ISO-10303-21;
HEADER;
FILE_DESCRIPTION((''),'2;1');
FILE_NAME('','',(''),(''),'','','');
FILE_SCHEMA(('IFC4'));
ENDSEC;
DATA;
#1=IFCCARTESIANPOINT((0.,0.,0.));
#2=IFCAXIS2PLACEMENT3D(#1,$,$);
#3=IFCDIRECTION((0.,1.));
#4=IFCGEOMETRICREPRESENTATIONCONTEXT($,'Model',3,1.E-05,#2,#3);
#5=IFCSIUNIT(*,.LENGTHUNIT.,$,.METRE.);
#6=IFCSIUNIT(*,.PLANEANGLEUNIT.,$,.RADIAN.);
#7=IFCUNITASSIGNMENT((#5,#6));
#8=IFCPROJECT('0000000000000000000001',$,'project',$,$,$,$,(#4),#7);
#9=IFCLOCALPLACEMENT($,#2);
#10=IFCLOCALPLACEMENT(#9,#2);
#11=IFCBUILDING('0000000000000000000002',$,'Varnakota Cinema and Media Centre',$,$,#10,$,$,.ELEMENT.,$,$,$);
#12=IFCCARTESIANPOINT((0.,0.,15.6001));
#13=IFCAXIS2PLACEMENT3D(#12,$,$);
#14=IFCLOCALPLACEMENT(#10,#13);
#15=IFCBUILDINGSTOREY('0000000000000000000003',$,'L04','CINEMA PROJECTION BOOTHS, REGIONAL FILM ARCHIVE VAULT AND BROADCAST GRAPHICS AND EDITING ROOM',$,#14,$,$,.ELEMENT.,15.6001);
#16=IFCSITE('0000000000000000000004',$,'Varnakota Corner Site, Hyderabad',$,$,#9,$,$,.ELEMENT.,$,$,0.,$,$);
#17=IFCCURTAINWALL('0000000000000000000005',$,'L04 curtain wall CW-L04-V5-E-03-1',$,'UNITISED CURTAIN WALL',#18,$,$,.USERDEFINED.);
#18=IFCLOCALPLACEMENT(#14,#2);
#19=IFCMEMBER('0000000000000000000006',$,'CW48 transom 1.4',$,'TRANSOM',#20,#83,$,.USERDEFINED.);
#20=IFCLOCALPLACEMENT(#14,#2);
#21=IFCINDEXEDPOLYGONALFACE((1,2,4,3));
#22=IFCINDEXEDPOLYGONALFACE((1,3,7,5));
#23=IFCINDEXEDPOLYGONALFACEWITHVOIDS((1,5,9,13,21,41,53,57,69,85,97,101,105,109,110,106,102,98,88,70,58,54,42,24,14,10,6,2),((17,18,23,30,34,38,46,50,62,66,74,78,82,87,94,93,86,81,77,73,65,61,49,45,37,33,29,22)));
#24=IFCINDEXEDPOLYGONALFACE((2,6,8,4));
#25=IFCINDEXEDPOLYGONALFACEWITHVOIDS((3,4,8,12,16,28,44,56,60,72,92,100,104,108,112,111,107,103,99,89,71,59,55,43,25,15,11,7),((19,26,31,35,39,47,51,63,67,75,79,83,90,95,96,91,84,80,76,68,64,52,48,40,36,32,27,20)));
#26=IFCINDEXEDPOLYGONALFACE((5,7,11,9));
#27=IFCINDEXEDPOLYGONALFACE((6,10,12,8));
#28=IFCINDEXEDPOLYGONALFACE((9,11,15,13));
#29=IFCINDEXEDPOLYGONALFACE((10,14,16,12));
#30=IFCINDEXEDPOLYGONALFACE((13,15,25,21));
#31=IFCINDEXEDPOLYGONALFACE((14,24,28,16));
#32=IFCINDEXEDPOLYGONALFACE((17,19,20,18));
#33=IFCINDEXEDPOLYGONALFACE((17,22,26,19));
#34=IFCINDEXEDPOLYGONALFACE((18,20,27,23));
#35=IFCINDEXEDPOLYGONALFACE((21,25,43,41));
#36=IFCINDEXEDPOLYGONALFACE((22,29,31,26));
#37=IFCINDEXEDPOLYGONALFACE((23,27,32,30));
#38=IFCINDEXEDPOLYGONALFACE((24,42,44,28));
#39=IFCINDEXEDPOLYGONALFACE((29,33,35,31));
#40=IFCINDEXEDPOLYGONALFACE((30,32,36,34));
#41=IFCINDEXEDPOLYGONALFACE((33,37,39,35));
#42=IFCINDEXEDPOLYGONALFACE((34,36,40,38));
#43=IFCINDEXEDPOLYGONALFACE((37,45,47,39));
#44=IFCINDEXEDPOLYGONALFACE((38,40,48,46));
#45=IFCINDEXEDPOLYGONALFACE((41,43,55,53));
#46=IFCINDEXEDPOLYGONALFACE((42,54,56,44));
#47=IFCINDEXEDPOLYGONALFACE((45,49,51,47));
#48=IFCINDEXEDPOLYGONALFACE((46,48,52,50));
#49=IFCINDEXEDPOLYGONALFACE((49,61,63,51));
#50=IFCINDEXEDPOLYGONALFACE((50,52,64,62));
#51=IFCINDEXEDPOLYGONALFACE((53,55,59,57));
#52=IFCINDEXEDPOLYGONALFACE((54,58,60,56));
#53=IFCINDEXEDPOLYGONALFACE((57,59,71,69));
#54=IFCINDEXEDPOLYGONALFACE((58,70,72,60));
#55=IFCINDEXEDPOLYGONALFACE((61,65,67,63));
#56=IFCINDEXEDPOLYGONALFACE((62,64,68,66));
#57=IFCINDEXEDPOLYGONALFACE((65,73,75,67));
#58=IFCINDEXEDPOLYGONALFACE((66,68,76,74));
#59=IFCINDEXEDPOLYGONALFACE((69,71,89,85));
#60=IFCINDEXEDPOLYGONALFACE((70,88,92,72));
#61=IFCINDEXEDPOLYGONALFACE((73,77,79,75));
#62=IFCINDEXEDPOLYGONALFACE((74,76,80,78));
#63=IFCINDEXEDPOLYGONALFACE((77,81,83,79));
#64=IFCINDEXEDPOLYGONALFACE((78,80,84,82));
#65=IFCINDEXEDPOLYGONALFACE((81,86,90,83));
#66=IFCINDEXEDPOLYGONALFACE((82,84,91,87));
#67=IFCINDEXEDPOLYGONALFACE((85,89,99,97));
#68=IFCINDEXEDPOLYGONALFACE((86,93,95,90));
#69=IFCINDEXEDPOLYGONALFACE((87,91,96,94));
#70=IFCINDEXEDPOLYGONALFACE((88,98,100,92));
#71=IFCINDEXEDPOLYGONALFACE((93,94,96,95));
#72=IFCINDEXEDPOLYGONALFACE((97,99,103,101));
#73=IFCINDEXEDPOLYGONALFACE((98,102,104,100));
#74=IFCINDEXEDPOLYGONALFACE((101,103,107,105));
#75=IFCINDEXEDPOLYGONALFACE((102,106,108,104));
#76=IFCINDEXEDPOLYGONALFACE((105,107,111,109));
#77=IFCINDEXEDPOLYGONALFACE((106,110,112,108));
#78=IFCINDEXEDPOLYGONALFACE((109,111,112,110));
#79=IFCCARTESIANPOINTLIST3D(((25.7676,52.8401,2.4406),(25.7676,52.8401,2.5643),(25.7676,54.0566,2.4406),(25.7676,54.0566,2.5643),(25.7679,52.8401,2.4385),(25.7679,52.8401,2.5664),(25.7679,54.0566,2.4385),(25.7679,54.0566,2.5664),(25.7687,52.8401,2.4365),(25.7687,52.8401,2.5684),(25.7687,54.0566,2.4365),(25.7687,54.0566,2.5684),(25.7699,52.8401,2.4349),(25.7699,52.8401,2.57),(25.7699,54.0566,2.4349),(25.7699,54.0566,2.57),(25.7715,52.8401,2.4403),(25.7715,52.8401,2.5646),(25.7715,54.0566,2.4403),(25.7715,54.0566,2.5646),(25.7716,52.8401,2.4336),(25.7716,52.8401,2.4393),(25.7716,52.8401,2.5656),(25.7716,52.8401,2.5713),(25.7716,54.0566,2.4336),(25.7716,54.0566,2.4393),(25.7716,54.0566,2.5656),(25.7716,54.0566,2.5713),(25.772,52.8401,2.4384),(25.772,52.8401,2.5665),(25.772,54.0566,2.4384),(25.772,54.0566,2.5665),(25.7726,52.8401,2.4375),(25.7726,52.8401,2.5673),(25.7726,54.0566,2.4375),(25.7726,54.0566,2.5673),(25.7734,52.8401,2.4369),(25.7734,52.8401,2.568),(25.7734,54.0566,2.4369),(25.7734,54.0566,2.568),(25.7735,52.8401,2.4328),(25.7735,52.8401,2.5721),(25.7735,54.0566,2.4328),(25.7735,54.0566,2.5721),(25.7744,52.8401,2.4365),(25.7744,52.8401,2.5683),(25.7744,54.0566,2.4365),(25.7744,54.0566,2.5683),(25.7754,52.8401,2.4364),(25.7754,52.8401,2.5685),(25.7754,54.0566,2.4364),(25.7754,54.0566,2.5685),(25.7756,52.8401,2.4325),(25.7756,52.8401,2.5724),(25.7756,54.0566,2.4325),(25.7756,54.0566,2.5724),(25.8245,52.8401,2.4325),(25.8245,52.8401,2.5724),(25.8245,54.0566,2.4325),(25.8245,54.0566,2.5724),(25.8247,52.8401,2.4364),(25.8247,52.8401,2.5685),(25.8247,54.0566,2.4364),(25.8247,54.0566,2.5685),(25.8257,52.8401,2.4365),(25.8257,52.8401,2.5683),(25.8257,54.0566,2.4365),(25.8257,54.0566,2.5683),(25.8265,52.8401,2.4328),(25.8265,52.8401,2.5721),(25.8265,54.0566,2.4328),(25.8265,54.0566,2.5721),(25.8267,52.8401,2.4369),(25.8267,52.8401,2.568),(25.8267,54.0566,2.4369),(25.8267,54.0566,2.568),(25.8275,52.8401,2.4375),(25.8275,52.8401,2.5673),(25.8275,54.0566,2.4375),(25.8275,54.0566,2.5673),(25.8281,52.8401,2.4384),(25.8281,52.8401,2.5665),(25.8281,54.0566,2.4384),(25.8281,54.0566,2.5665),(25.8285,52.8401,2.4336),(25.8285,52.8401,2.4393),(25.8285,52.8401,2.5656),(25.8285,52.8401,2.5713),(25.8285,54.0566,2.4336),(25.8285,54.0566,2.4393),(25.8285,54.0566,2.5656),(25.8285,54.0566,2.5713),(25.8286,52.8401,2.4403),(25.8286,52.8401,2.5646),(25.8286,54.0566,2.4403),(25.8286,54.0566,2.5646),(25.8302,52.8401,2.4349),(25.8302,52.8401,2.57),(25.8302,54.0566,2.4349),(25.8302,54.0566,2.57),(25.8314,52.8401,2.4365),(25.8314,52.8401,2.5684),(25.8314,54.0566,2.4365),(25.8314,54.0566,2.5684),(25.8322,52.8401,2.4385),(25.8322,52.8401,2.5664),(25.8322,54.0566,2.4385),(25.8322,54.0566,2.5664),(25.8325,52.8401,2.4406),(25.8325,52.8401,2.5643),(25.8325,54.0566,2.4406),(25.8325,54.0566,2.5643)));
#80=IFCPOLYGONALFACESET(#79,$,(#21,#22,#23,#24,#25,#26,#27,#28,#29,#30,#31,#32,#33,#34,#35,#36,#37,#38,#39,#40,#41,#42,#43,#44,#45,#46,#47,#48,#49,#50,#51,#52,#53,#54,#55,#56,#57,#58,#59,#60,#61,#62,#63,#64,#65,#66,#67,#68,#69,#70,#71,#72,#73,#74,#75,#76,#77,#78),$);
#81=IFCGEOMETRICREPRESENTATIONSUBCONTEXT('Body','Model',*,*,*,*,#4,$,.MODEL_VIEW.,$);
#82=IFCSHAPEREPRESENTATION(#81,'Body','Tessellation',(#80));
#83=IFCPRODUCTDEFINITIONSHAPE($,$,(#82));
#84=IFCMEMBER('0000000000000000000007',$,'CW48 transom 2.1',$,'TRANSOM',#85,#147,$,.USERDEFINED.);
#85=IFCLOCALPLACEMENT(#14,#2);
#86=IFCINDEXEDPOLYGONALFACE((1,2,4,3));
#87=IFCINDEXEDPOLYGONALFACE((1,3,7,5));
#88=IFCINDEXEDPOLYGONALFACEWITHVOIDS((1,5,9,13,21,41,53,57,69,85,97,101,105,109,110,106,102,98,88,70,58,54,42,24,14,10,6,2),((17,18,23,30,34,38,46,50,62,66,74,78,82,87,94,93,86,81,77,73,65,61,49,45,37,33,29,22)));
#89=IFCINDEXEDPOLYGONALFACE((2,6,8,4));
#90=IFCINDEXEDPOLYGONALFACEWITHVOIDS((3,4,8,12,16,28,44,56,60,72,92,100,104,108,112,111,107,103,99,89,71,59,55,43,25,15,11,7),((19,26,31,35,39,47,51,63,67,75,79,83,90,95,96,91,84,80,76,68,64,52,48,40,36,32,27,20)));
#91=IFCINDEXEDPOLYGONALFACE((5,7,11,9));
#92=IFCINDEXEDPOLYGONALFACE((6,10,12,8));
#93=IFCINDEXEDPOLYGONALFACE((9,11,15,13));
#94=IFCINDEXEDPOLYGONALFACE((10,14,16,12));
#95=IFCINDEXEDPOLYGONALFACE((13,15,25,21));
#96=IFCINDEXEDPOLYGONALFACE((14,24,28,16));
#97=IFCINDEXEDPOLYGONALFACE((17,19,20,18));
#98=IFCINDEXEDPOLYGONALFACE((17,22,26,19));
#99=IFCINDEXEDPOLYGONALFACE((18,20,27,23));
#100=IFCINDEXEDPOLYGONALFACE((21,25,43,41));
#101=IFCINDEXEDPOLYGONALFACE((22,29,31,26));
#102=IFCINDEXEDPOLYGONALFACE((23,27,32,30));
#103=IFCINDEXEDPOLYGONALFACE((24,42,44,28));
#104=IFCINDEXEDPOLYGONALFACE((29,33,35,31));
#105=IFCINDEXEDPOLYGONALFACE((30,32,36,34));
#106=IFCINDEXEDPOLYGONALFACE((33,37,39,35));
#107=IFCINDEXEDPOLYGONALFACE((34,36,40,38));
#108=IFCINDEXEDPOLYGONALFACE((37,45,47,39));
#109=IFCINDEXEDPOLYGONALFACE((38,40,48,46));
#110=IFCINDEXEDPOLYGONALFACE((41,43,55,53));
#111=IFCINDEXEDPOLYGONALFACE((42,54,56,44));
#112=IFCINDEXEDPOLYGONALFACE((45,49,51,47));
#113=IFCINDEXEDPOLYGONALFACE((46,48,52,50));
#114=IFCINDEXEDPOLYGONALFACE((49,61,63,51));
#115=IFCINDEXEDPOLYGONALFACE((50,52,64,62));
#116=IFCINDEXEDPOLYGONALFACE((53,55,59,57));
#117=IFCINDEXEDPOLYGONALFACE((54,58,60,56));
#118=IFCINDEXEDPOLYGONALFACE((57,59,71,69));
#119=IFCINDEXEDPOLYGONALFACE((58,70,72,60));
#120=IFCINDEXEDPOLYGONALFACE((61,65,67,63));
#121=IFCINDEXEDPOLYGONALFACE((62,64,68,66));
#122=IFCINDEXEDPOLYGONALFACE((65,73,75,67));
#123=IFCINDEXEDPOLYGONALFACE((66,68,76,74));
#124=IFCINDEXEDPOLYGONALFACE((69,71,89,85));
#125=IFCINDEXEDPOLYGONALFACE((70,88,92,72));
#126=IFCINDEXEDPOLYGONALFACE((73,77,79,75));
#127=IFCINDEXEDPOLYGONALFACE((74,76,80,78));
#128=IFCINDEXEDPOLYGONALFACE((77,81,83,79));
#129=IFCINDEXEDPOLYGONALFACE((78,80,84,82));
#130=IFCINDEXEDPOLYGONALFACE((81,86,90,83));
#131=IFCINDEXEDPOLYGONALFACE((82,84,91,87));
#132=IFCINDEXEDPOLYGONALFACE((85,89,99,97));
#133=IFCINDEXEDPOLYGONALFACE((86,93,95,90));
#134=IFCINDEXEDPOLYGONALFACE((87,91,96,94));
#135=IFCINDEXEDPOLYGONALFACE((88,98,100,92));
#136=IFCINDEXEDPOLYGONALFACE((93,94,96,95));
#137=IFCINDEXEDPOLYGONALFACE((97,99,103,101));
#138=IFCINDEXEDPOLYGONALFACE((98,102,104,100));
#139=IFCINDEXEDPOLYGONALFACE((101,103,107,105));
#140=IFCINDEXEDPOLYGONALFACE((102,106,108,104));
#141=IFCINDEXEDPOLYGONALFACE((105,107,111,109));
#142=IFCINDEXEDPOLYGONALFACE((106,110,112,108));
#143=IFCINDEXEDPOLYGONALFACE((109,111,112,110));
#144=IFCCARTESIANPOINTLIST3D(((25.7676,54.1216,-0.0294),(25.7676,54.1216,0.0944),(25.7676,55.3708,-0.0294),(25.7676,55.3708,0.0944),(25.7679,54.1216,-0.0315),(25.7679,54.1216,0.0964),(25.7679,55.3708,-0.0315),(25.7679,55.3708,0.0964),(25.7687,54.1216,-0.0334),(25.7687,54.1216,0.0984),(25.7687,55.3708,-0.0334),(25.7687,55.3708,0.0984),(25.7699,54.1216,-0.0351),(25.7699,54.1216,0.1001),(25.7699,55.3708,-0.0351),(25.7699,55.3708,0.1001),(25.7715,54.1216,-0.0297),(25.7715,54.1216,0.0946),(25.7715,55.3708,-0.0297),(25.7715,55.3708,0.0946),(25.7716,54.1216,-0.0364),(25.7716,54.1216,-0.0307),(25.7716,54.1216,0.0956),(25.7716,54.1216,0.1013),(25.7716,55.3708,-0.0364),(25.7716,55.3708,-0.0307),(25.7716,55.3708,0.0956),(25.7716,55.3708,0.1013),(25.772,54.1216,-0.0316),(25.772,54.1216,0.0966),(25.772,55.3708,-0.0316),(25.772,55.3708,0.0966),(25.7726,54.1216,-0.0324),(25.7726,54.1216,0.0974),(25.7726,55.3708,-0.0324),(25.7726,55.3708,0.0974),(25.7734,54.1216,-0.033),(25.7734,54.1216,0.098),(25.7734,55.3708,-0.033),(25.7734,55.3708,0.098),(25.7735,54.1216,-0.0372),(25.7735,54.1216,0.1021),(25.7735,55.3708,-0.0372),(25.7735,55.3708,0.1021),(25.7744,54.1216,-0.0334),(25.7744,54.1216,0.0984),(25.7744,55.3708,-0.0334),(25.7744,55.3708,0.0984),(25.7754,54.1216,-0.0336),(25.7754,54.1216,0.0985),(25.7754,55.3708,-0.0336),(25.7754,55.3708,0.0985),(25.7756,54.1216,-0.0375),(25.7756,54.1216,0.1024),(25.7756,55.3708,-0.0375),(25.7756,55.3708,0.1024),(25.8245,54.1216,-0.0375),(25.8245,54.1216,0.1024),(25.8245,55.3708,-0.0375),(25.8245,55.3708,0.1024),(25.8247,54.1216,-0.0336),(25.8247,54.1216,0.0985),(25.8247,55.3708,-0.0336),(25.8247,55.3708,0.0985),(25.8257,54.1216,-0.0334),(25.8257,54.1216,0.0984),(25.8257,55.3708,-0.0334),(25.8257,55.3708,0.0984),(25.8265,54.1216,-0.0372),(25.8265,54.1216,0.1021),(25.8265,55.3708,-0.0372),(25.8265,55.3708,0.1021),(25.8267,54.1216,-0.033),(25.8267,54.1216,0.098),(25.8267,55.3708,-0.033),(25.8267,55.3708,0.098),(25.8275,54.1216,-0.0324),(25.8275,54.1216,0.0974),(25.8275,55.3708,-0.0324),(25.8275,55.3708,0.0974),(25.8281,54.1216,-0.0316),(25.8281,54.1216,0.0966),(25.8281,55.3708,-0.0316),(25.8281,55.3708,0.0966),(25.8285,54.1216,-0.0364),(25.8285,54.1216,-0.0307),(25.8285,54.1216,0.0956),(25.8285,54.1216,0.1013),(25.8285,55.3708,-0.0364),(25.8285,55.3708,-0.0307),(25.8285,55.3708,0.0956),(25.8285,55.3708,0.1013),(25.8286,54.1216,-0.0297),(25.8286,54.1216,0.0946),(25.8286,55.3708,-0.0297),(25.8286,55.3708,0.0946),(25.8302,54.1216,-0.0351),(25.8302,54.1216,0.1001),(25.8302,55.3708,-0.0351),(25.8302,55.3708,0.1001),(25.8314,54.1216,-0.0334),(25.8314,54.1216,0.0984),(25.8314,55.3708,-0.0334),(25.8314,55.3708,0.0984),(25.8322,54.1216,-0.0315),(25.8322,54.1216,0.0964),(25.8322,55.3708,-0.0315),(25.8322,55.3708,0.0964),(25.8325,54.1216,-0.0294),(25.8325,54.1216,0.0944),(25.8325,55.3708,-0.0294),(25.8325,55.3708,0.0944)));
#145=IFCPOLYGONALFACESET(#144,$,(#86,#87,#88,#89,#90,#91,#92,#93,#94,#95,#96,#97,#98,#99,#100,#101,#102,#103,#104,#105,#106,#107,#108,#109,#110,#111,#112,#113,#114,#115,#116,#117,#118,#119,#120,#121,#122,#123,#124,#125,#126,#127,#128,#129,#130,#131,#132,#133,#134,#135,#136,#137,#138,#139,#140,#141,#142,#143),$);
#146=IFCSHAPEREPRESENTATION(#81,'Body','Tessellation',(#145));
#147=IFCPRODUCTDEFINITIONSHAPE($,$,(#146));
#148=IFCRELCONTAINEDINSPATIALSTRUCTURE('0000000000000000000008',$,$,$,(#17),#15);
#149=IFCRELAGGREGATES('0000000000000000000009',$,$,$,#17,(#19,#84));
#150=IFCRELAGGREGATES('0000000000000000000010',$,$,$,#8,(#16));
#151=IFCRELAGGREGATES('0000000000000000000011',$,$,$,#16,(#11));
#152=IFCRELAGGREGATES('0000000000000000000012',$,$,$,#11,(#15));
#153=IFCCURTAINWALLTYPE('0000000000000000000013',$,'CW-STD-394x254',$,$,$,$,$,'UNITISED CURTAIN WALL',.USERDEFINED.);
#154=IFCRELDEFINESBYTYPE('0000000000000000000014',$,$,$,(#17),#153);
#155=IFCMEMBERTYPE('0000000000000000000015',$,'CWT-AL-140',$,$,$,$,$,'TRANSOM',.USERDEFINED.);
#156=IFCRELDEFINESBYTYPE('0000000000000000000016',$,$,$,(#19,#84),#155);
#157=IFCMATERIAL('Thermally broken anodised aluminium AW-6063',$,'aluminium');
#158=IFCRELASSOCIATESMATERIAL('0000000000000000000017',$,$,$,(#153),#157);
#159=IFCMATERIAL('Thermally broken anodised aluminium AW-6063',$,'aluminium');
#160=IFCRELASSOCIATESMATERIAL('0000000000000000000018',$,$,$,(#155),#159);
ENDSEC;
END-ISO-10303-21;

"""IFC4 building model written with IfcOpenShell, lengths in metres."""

from ifc_helpers import new_model, si_unit, direction, frame, origin, origin_2d, place, context, subcontext, project, spatial, hollow_rectangle, extrude, material, material_profile, profile_set, type_object, element, aggregate, save


model = new_model("IFC4")

# Units and contexts
model_context = context("Model", 3, precision=1e-05, world=origin(), true_north=direction((0.0, 1.0)))
body_context = subcontext(model_context, "Body", "Model", "MODEL_VIEW")
ifc_project = project(units=[si_unit("LENGTHUNIT", "METRE"), si_unit("PLANEANGLEUNIT", "RADIAN")], contexts=[model_context])

# Site, building, storey
site_placement = place(None, origin())
site = spatial("IfcSite", under=ifc_project, at=site_placement, Name="Varnakota Corner Site, Hyderabad", CompositionType="ELEMENT", RefElevation=0.0)
building_placement = place(site_placement, origin())
building = spatial("IfcBuilding", under=site, at=building_placement, Name="Varnakota Cinema and Media Centre", CompositionType="ELEMENT")
storey_placement = place(building_placement, frame((0.0, 0.0, 15.6001)))
storey = spatial("IfcBuildingStorey", under=building, at=storey_placement, Name="L04", Description="CINEMA PROJECTION BOOTHS, REGIONAL FILM ARCHIVE VAULT AND BROADCAST GRAPHICS AND EDITING ROOM", CompositionType="ELEMENT", Elevation=15.6001)

# Curtain wall
ifc_material_1 = material(Name="Thermally broken anodised aluminium AW-6063", Category="aluminium")
curtain_wall_type_1 = type_object("IfcCurtainWallType", Name="CW-STD-394x254", ElementType="UNITISED CURTAIN WALL", PredefinedType="USERDEFINED", material=ifc_material_1)
curtain_wall_1_placement = place(storey_placement, origin())
curtain_wall_1 = element("IfcCurtainWall", 1, at=curtain_wall_1_placement, inside=storey, type_object=curtain_wall_type_1, Name="L04 curtain wall CW-L04-V5-E-03-1", ObjectType="UNITISED CURTAIN WALL", PredefinedType="USERDEFINED")

# Members
ifc_material_2 = material(Name="Thermally broken anodised aluminium AW-6063", Category="aluminium")
ifc_material_profile_1 = material_profile(ifc_material_2, hollow_rectangle(XDim=0.0649, YDim=0.1399, WallThickness=0.0039, InnerFilletRadius=0.0039, OuterFilletRadius=0.0081, at=origin_2d()), Name="AL-TRANSOM 140x65x4")
ifc_profile_set_1 = profile_set([ifc_material_profile_1], Name="Thermally broken anodised aluminium AW-6063")
member_type_1 = type_object("IfcMemberType", Name="CWT-AL-140", ElementType="TRANSOM", PredefinedType="USERDEFINED", material=ifc_profile_set_1)
member_1_placement = place(storey_placement, frame((25.8, 52.8401, 2.5024), z_axis=(0.0, 1.0, 0.0), x_axis=(-1.0, 0.0, 0.0)))
member_1 = element("IfcMember", 2, at=member_1_placement, type_object=member_type_1, Name="CW48 transom 1.4", ObjectType="TRANSOM", PredefinedType="USERDEFINED", context=body_context, shape_type="SweptSolid", body=[
    extrude(hollow_rectangle(XDim=0.0649, YDim=0.1399, WallThickness=0.0039, InnerFilletRadius=0.0039, OuterFilletRadius=0.0081, at=origin_2d()), origin(), (0.0, 0.0, 1.0), 1.2166),
])
member_2_placement = place(storey_placement, frame((25.8, 54.1216, 0.0325), z_axis=(0.0, 1.0, 0.0), x_axis=(-1.0, 0.0, 0.0)))
member_2 = element("IfcMember", 3, at=member_2_placement, type_object=member_type_1, Name="CW48 transom 2.1", ObjectType="TRANSOM", PredefinedType="USERDEFINED", context=body_context, shape_type="SweptSolid", body=[
    extrude(hollow_rectangle(XDim=0.0649, YDim=0.1399, WallThickness=0.0039, InnerFilletRadius=0.0039, OuterFilletRadius=0.0081, at=origin_2d()), origin(), (0.0, 0.0, 1.0), 1.2493),
])

aggregate(curtain_wall_1, [member_1, member_2])

save(model, "model.ifc")
